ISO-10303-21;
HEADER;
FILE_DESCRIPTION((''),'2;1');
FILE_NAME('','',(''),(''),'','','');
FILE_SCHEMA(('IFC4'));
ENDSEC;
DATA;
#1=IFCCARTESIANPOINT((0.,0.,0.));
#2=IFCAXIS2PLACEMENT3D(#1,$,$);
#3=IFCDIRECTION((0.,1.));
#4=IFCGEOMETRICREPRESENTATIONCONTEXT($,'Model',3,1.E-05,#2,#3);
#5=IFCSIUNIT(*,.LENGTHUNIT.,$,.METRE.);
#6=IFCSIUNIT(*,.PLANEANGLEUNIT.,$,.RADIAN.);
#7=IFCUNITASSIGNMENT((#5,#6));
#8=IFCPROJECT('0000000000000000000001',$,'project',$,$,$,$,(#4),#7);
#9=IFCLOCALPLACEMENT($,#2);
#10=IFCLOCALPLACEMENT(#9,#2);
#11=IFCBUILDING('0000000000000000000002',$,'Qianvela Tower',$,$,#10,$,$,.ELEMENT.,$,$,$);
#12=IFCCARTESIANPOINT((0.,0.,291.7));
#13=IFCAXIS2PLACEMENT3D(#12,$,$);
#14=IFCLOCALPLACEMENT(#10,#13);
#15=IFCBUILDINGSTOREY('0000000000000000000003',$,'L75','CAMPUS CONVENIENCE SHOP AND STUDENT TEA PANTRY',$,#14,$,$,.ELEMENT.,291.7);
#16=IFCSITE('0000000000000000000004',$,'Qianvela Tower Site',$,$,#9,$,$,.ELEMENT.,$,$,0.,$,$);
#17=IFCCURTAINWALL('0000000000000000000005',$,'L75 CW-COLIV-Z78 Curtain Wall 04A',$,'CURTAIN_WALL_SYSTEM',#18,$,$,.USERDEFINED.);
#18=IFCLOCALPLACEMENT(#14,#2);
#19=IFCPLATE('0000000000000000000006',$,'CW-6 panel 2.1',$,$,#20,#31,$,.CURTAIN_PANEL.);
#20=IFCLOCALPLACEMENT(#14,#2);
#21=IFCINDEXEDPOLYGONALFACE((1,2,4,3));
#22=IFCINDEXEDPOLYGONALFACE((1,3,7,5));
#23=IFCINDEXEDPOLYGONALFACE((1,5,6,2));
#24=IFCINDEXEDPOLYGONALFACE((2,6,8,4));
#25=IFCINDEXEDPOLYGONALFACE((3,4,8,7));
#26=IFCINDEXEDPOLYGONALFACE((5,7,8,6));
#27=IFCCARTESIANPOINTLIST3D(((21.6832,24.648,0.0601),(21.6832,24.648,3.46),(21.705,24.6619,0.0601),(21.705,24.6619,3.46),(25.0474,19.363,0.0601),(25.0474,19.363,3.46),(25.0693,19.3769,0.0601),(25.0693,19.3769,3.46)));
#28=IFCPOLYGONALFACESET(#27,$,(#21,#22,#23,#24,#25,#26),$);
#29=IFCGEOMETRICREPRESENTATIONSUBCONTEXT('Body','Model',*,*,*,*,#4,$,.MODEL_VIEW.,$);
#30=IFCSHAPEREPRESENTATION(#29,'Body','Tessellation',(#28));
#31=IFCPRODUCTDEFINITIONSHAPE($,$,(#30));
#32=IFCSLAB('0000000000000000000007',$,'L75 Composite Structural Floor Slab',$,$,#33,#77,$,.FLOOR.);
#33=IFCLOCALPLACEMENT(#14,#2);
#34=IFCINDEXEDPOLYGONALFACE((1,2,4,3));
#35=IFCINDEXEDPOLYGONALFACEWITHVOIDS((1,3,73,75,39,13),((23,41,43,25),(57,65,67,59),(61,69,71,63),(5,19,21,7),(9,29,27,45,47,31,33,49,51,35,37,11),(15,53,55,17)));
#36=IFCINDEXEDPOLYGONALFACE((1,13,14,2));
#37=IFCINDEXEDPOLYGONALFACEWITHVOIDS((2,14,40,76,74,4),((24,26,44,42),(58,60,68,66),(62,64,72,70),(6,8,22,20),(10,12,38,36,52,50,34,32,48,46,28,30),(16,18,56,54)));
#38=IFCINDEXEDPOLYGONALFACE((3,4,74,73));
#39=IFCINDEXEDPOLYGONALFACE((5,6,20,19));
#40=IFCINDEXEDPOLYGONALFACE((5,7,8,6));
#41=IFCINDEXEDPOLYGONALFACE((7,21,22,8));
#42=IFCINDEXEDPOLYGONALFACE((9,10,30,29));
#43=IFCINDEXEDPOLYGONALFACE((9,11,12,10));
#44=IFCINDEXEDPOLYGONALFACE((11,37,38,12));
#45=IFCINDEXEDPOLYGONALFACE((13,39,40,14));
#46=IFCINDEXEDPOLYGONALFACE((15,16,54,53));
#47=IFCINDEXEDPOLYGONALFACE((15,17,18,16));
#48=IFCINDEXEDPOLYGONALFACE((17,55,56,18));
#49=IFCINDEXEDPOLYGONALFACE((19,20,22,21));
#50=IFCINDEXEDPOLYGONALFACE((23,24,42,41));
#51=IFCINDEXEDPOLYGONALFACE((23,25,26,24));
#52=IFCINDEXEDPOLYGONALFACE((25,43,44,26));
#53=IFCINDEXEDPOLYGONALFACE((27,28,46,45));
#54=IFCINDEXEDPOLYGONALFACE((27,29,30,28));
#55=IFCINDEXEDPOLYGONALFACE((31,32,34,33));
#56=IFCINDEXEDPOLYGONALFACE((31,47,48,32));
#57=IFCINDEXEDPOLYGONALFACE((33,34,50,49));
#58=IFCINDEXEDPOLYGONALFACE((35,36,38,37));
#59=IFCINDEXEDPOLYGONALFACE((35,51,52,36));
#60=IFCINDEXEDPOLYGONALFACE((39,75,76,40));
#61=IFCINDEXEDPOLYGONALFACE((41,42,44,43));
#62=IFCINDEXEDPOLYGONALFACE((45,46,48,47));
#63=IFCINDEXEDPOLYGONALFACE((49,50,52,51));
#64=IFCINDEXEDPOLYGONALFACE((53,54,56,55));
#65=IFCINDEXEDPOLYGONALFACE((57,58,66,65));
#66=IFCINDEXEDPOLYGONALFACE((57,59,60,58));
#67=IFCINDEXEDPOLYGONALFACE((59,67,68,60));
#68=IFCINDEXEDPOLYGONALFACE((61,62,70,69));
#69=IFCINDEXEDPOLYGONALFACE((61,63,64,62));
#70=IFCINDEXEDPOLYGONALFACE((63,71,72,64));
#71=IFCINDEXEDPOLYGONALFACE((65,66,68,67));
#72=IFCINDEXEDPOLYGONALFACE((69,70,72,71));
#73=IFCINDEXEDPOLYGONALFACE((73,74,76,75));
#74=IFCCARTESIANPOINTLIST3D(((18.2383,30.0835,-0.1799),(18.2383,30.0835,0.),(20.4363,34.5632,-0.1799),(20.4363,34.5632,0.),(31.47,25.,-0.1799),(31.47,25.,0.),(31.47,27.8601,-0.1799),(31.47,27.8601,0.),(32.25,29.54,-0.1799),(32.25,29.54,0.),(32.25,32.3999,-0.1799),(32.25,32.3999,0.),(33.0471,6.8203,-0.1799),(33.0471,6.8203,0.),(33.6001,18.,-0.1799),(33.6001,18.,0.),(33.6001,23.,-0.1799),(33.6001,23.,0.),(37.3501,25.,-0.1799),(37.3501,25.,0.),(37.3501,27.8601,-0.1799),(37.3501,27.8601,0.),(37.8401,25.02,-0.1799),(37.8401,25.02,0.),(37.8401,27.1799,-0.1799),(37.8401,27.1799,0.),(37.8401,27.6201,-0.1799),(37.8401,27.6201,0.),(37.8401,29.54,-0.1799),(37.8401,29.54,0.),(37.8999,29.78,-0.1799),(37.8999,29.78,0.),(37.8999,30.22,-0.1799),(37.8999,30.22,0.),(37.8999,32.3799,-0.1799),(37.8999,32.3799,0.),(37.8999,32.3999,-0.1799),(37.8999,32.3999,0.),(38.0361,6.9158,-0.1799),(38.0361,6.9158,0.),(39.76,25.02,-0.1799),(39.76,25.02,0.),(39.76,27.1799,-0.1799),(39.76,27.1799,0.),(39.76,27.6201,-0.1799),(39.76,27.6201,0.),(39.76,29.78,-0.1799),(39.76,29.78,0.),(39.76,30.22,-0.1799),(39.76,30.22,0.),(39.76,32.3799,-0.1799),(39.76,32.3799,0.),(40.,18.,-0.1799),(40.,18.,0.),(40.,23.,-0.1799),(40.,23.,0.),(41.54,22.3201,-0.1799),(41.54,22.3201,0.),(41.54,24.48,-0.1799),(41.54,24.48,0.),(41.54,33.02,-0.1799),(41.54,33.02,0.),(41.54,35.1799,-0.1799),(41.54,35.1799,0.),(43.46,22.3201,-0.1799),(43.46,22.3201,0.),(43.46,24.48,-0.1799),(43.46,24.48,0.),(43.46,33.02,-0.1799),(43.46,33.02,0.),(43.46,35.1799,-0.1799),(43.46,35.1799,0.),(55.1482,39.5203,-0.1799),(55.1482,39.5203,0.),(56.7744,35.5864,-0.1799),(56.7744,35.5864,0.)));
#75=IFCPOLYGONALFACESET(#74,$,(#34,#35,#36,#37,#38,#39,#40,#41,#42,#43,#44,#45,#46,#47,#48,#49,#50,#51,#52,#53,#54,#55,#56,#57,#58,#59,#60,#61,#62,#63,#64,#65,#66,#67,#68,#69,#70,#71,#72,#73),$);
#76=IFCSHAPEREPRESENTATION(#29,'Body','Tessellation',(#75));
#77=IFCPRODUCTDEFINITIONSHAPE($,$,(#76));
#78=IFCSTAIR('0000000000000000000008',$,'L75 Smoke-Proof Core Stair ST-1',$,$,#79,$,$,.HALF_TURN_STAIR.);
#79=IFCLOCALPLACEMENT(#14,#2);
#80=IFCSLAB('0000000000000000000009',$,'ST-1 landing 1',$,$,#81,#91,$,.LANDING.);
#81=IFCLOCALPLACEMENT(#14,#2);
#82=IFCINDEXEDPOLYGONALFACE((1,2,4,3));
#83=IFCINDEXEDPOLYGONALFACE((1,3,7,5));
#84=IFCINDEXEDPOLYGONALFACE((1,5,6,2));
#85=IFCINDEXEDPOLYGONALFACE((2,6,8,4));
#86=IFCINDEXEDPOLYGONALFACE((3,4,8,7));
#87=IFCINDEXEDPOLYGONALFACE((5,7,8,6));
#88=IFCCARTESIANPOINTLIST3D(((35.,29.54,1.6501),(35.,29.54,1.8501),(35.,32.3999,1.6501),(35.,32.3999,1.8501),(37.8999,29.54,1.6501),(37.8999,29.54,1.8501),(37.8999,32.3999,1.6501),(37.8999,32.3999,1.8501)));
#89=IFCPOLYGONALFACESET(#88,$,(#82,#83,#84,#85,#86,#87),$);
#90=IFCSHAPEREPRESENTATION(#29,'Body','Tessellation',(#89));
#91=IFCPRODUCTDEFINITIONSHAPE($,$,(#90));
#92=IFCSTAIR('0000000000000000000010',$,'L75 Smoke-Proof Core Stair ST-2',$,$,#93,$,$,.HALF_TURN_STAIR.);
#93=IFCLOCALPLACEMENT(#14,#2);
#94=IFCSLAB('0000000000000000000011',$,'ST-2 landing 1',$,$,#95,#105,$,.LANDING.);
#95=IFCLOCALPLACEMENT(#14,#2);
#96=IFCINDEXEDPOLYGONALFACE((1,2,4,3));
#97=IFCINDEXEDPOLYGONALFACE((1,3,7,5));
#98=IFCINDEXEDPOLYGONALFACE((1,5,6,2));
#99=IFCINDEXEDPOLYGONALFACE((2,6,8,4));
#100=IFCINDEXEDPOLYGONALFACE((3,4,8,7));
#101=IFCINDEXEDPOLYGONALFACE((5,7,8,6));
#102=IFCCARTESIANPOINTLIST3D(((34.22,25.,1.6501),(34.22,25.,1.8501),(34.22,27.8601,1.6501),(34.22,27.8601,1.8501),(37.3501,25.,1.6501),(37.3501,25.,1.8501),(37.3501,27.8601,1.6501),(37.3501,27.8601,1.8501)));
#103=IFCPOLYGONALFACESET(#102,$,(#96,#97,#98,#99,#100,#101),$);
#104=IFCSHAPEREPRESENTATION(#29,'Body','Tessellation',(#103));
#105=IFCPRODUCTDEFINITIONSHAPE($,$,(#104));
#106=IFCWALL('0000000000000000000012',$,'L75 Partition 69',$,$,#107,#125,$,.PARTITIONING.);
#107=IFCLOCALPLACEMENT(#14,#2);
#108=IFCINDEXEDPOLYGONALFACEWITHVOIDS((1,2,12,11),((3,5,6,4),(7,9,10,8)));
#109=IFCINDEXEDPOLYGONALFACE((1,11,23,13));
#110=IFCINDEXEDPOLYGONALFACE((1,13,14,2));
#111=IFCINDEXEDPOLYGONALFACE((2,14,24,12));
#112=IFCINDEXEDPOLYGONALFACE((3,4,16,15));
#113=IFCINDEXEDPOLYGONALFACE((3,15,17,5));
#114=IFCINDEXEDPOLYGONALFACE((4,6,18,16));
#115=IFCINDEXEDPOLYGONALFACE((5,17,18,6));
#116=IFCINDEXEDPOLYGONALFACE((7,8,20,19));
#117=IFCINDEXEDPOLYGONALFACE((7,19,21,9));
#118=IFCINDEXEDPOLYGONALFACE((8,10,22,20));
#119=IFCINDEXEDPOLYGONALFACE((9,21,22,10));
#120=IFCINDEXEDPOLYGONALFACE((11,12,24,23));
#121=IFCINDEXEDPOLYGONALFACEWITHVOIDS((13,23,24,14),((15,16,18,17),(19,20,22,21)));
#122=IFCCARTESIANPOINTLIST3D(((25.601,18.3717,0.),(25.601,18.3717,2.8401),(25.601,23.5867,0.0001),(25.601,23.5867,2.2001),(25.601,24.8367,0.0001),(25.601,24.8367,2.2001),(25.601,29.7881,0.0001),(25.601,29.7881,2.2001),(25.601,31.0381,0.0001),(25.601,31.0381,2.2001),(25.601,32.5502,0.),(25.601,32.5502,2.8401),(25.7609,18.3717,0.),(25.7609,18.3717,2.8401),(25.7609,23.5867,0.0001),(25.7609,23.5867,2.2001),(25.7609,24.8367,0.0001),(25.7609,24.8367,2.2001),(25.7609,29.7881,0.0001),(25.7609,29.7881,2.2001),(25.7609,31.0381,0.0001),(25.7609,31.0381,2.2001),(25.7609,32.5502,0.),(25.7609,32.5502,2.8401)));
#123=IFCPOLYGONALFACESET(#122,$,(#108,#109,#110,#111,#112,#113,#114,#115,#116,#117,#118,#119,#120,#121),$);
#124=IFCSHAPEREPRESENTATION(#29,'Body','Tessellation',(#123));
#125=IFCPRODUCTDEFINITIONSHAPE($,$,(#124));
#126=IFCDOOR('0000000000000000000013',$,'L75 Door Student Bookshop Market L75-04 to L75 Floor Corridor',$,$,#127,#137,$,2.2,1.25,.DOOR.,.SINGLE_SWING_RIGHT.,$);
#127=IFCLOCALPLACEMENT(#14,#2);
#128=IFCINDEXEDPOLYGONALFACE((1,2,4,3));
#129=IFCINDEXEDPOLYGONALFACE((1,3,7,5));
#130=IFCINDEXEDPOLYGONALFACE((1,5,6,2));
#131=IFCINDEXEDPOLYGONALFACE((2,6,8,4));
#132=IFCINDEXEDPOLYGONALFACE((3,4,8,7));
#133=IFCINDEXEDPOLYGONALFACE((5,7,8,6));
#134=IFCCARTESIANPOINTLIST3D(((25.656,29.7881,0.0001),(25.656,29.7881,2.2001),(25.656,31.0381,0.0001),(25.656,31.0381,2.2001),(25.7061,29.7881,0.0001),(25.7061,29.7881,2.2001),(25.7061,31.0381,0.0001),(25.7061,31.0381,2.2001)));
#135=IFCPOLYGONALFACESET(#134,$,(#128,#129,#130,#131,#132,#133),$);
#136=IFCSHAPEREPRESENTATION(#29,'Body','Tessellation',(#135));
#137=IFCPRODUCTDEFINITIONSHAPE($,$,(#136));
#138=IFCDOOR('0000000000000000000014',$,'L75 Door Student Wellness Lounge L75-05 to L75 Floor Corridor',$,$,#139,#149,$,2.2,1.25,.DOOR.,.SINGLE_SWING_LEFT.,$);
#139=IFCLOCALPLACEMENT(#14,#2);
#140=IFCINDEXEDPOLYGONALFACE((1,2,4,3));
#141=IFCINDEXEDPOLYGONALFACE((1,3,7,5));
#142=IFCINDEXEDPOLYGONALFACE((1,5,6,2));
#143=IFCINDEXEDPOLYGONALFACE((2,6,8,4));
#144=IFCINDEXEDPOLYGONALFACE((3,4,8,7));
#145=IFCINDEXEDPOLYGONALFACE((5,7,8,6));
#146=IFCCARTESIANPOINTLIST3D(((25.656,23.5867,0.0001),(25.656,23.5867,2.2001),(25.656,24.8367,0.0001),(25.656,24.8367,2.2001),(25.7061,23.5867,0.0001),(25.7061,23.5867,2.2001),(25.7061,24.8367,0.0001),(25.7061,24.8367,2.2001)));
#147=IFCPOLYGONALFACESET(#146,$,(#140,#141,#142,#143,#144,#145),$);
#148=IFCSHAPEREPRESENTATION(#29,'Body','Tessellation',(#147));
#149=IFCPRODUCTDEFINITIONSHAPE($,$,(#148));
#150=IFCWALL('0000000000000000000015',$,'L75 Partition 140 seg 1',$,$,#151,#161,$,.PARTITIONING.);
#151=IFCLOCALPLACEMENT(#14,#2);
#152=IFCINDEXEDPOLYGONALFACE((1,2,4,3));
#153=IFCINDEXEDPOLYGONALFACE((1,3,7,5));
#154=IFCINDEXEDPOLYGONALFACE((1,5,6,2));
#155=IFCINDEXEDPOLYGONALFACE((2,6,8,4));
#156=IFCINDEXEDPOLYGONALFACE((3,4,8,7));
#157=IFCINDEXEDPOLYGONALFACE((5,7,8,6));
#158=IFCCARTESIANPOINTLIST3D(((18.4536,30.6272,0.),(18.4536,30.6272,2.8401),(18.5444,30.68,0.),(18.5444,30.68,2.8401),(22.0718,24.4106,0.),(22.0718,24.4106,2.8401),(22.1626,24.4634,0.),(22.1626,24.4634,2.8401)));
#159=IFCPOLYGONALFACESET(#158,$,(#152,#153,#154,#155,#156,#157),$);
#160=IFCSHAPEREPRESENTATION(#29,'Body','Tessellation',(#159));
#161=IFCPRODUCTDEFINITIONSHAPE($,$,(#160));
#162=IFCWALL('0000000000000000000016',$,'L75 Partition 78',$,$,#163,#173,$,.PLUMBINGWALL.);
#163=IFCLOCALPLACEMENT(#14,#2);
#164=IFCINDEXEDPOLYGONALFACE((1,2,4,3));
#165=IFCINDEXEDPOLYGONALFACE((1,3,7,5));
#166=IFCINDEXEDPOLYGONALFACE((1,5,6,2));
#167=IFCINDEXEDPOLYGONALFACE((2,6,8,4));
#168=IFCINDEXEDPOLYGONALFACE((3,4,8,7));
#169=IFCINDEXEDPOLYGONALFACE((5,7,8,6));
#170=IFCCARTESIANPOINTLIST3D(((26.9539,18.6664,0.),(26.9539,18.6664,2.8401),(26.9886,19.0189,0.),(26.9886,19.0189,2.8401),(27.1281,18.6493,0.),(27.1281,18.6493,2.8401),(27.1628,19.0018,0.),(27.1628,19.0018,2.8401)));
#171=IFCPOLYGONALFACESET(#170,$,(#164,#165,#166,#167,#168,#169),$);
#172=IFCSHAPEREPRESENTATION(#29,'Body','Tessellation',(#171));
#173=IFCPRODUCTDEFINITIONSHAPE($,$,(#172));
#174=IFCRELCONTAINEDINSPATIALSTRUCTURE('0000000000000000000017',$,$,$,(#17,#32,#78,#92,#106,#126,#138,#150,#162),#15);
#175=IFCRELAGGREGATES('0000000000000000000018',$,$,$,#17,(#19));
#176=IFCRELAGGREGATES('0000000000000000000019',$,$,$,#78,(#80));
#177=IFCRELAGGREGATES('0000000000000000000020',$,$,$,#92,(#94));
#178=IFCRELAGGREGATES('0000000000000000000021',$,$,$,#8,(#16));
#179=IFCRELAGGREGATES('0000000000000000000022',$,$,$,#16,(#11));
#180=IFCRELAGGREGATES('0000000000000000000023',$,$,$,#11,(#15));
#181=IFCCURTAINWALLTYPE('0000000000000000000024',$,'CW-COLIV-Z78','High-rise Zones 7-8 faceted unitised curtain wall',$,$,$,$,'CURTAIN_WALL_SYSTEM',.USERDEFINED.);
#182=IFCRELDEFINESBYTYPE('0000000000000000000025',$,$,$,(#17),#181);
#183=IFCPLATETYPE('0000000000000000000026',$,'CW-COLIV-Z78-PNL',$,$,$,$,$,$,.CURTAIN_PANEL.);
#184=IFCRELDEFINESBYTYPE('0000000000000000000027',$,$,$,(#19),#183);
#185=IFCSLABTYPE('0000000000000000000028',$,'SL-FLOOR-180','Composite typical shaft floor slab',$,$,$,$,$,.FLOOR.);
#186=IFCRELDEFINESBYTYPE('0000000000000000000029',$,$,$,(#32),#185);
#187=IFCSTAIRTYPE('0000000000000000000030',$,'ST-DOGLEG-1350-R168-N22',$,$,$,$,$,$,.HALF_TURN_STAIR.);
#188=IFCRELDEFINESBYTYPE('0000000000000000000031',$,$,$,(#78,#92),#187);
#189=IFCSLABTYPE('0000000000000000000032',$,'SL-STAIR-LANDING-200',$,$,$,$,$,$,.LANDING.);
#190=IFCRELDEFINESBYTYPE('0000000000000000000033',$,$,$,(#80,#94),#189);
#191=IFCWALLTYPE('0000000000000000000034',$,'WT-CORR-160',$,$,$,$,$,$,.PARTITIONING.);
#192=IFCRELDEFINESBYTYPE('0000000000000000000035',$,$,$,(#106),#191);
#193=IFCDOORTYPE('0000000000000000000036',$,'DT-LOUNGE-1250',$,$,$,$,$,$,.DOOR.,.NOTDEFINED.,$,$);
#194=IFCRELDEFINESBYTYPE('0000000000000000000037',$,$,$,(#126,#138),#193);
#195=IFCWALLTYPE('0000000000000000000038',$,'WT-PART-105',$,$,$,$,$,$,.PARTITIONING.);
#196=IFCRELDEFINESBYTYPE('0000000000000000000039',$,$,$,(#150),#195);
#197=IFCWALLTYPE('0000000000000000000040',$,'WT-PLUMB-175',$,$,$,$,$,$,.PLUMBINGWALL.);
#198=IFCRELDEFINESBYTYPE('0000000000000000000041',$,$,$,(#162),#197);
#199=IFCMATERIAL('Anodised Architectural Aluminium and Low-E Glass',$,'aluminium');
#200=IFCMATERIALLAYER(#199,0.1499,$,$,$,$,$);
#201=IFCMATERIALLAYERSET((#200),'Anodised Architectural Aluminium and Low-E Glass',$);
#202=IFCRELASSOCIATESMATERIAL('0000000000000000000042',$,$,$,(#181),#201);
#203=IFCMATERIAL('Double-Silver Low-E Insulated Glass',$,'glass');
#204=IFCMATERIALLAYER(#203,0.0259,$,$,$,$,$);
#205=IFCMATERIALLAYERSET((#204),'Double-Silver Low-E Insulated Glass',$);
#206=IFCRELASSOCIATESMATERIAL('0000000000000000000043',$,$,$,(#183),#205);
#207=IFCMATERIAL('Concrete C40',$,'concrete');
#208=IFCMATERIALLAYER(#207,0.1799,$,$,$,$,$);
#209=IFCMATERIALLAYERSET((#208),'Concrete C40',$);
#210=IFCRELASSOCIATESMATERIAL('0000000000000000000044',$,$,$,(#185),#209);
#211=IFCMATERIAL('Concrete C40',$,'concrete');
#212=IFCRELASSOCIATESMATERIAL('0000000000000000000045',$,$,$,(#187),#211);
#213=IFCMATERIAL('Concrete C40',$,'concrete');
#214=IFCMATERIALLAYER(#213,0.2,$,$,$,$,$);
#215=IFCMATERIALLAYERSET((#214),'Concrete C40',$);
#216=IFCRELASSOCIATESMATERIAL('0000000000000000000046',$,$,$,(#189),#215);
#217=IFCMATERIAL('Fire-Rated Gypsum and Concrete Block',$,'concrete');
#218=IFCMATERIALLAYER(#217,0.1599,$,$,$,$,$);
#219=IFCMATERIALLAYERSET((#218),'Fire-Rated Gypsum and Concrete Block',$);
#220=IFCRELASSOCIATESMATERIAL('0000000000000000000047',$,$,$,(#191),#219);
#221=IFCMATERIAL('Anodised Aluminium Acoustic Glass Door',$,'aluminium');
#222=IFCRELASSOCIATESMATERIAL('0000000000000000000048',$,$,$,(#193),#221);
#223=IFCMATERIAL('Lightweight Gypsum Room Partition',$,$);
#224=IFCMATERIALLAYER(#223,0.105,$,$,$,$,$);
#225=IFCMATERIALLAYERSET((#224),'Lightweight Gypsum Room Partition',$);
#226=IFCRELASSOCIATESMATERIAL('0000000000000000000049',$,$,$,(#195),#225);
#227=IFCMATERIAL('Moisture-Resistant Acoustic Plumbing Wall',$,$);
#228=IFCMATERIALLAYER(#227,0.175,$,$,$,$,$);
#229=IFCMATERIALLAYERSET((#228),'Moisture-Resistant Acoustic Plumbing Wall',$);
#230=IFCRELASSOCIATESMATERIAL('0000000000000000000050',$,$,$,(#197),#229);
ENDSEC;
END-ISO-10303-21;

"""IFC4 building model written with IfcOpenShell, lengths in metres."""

from ifc_helpers import new_model, si_unit, direction, frame, frame_2d, origin, origin_2d, place, context, subcontext, project, spatial, polyline, rectangle, outline, extrude, material, layer, layer_set, type_object, element, fill, aggregate, save


model = new_model("IFC4")

# Units and contexts
model_context = context("Model", 3, precision=1e-05, world=origin(), true_north=direction((0.0, 1.0)))
body_context = subcontext(model_context, "Body", "Model", "MODEL_VIEW")
ifc_project = project(units=[si_unit("LENGTHUNIT", "METRE"), si_unit("PLANEANGLEUNIT", "RADIAN")], contexts=[model_context])

# Site, building, storey
site_placement = place(None, origin())
site = spatial("IfcSite", under=ifc_project, at=site_placement, Name="Qianvela Tower Site", CompositionType="ELEMENT", RefElevation=0.0)
building_placement = place(site_placement, origin())
building = spatial("IfcBuilding", under=site, at=building_placement, Name="Qianvela Tower", CompositionType="ELEMENT")
storey_placement = place(building_placement, frame((0.0, 0.0, 291.7)))
storey = spatial("IfcBuildingStorey", under=building, at=storey_placement, Name="L75", Description="CAMPUS CONVENIENCE SHOP AND STUDENT TEA PANTRY", CompositionType="ELEMENT", Elevation=291.7)

# Curtain wall
ifc_material_1 = material(Name="Anodised Architectural Aluminium and Low-E Glass", Category="aluminium")
ifc_layer_1 = layer(ifc_material_1, 0.1499)
ifc_layer_set_1 = layer_set([ifc_layer_1], Name="Anodised Architectural Aluminium and Low-E Glass")
curtain_wall_type_1 = type_object("IfcCurtainWallType", Name="CW-COLIV-Z78", Description="High-rise Zones 7-8 faceted unitised curtain wall", ElementType="CURTAIN_WALL_SYSTEM", PredefinedType="USERDEFINED", material=ifc_layer_set_1)
curtain_wall_1_placement = place(storey_placement, origin())
curtain_wall_1 = element("IfcCurtainWall", 1, at=curtain_wall_1_placement, inside=storey, type_object=curtain_wall_type_1, Name="L75 CW-COLIV-Z78 Curtain Wall 04A", ObjectType="CURTAIN_WALL_SYSTEM", PredefinedType="USERDEFINED")

# Plate
ifc_material_2 = material(Name="Double-Silver Low-E Insulated Glass", Category="glass")
ifc_layer_2 = layer(ifc_material_2, 0.0259)
ifc_layer_set_2 = layer_set([ifc_layer_2], Name="Double-Silver Low-E Insulated Glass")
plate_type_1 = type_object("IfcPlateType", Name="CW-COLIV-Z78-PNL", PredefinedType="CURTAIN_PANEL", material=ifc_layer_set_2)
plate_1_placement = place(storey_placement, frame((23.3762, 22.0125, 0.0601), z_axis=(0.0, 0.0, 1.0), x_axis=(0.537003, -0.84358, 0.0)))
plate_1 = element("IfcPlate", 2, at=plate_1_placement, type_object=plate_type_1, Name="CW-6 panel 2.1", PredefinedType="CURTAIN_PANEL", context=body_context, shape_type="SweptSolid", body=[
    extrude(rectangle(XDim=6.2649, YDim=0.0259, at=origin_2d()), origin(), (0.0, 0.0, 1.0), 3.3999),
])
aggregate(curtain_wall_1, [plate_1])

# Slab
ifc_material_3 = material(Name="Concrete C40", Category="concrete")
ifc_layer_3 = layer(ifc_material_3, 0.1799)
ifc_layer_set_3 = layer_set([ifc_layer_3], Name="Concrete C40")
slab_type_1 = type_object("IfcSlabType", Name="SL-FLOOR-180", Description="Composite typical shaft floor slab", PredefinedType="FLOOR", material=ifc_layer_set_3)
slab_1_placement = place(storey_placement, frame((0.0, 0.0, -0.1799)))
element("IfcSlab", 3, at=slab_1_placement, inside=storey, type_object=slab_type_1, Name="L75 Composite Structural Floor Slab", PredefinedType="FLOOR", context=body_context, shape_type="SweptSolid", body=[
    extrude(outline(polyline([(56.7744, 35.5864), (55.1482, 39.5203), (20.4363, 34.5632), (18.2383, 30.0835), (33.0471, 6.8203), (38.0361, 6.9158), (56.7744, 35.5864)]), holes=[polyline([(40.0, 23.0), (33.6001, 23.0), (33.6001, 18.0), (40.0, 18.0), (40.0, 23.0)]), polyline([(43.46, 24.48), (41.54, 24.48), (41.54, 22.3201), (43.46, 22.3201), (43.46, 24.48)]), polyline([(39.76, 27.1799), (37.8401, 27.1799), (37.8401, 25.02), (39.76, 25.02), (39.76, 27.1799)]), polyline([(37.3501, 27.8601), (31.47, 27.8601), (31.47, 25.0), (37.3501, 25.0), (37.3501, 27.8601)]), polyline([(39.76, 27.6201), (39.76, 29.78), (37.8999, 29.78), (37.8999, 30.22), (39.76, 30.22), (39.76, 32.3799), (37.8999, 32.3799), (37.8999, 32.3999), (32.25, 32.3999), (32.25, 29.54), (37.8401, 29.54), (37.8401, 27.6201), (39.76, 27.6201)]), polyline([(43.46, 35.1799), (41.54, 35.1799), (41.54, 33.02), (43.46, 33.02), (43.46, 35.1799)])]), origin(), (0.0, 0.0, 1.0), 0.1799),
])

# Stairs, slabs
ifc_material_4 = material(Name="Concrete C40", Category="concrete")
stair_type = type_object("IfcStairType", Name="ST-DOGLEG-1350-R168-N22", PredefinedType="HALF_TURN_STAIR", material=ifc_material_4)
stair_1_placement = place(storey_placement, origin())
stair_1 = element("IfcStair", 4, at=stair_1_placement, inside=storey, type_object=stair_type, Name="L75 Smoke-Proof Core Stair ST-1", PredefinedType="HALF_TURN_STAIR")
ifc_material_5 = material(Name="Concrete C40", Category="concrete")
ifc_layer_4 = layer(ifc_material_5, 0.2)
ifc_layer_set_4 = layer_set([ifc_layer_4], Name="Concrete C40")
slab_type_2 = type_object("IfcSlabType", Name="SL-STAIR-LANDING-200", PredefinedType="LANDING", material=ifc_layer_set_4)
slab_2_placement = place(storey_placement, frame((0.0, 0.0, 1.6501)))
slab_2 = element("IfcSlab", 5, at=slab_2_placement, type_object=slab_type_2, Name="ST-1 landing 1", PredefinedType="LANDING", context=body_context, shape_type="SweptSolid", body=[
    extrude(outline(polyline([(35.0, 29.54), (37.8999, 29.54), (37.8999, 32.3999), (35.0, 32.3999), (35.0, 29.54)])), origin(), (0.0, 0.0, 1.0), 0.2),
])
aggregate(stair_1, [slab_2])
stair_2_placement = place(storey_placement, origin())
stair_2 = element("IfcStair", 6, at=stair_2_placement, inside=storey, type_object=stair_type, Name="L75 Smoke-Proof Core Stair ST-2", PredefinedType="HALF_TURN_STAIR")
slab_3_placement = place(storey_placement, frame((0.0, 0.0, 1.6501)))
slab_3 = element("IfcSlab", 7, at=slab_3_placement, type_object=slab_type_2, Name="ST-2 landing 1", PredefinedType="LANDING", context=body_context, shape_type="SweptSolid", body=[
    extrude(outline(polyline([(34.22, 25.0), (37.3501, 25.0), (37.3501, 27.8601), (34.22, 27.8601), (34.22, 25.0)])), origin(), (0.0, 0.0, 1.0), 0.2),
])
aggregate(stair_2, [slab_3])

# Wall, openings, doors
ifc_material_6 = material(Name="Fire-Rated Gypsum and Concrete Block", Category="concrete")
ifc_layer_5 = layer(ifc_material_6, 0.1599)
ifc_layer_set_5 = layer_set([ifc_layer_5], Name="Fire-Rated Gypsum and Concrete Block")
wall_type_1 = type_object("IfcWallType", Name="WT-CORR-160", PredefinedType="PARTITIONING", material=ifc_layer_set_5)
wall_1_placement = place(storey_placement, frame((25.6809, 18.3716, 0.0), z_axis=(0.0, 0.0, 1.0), x_axis=(0.0, 1.0, 0.0)))
wall_1 = element("IfcWall", 8, at=wall_1_placement, inside=storey, type_object=wall_type_1, Name="L75 Partition 69", PredefinedType="PARTITIONING", context=body_context, shape_type="SweptSolid", body=[
    extrude(rectangle(XDim=14.1785, YDim=0.1599, at=frame_2d((7.0894, 0.0))), origin(), (0.0, 0.0, 1.0), 2.8401),
])
opening_1_placement = place(wall_1_placement, frame((11.4165, 0.0, 0.0)))
opening_1 = element("IfcOpeningElement", 9, at=opening_1_placement, cuts=wall_1, PredefinedType="OPENING", context=body_context, shape_type="SweptSolid", body=[
    extrude(rectangle(XDim=1.25, YDim=2.2, at=frame_2d((0.625, 1.1001))), frame((0.0, 0.0898, 0.0), z_axis=(0.0, -1.0, 0.0), x_axis=(1.0, 0.0, 0.0)), (0.0, 0.0, 1.0), 0.1799),
])
opening_2_placement = place(wall_1_placement, frame((5.2151, 0.0, 0.0)))
opening_2 = element("IfcOpeningElement", 10, at=opening_2_placement, cuts=wall_1, PredefinedType="OPENING", context=body_context, shape_type="SweptSolid", body=[
    extrude(rectangle(XDim=1.25, YDim=2.2, at=frame_2d((0.625, 1.1001))), frame((0.0, 0.0898, 0.0), z_axis=(0.0, -1.0, 0.0), x_axis=(1.0, 0.0, 0.0)), (0.0, 0.0, 1.0), 0.1799),
])
ifc_material_7 = material(Name="Anodised Aluminium Acoustic Glass Door", Category="aluminium")
door_type = type_object("IfcDoorType", Name="DT-LOUNGE-1250", OperationType="NOTDEFINED", PredefinedType="DOOR", material=ifc_material_7)
door_1_placement = place(opening_1_placement, origin())
door_1 = element("IfcDoor", 11, at=door_1_placement, inside=storey, type_object=door_type, Name="L75 Door Student Bookshop Market L75-04 to L75 Floor Corridor", OperationType="SINGLE_SWING_RIGHT", OverallHeight=2.2, OverallWidth=1.25, PredefinedType="DOOR", context=body_context, shape_type="SweptSolid", body=[
    extrude(rectangle(XDim=1.25, YDim=2.2, at=frame_2d((0.625, 1.1001))), frame((0.0, 0.0249, 0.0), z_axis=(0.0, -1.0, 0.0), x_axis=(1.0, 0.0, 0.0)), (0.0, 0.0, 1.0), 0.05),
])
fill(opening_1, door_1)
door_2_placement = place(opening_2_placement, origin())
door_2 = element("IfcDoor", 12, at=door_2_placement, inside=storey, type_object=door_type, Name="L75 Door Student Wellness Lounge L75-05 to L75 Floor Corridor", OperationType="SINGLE_SWING_LEFT", OverallHeight=2.2, OverallWidth=1.25, PredefinedType="DOOR", context=body_context, shape_type="SweptSolid", body=[
    extrude(rectangle(XDim=1.25, YDim=2.2, at=frame_2d((0.625, 1.1001))), frame((0.0, 0.0249, 0.0), z_axis=(0.0, -1.0, 0.0), x_axis=(1.0, 0.0, 0.0)), (0.0, 0.0, 1.0), 0.05),
])
fill(opening_2, door_2)

# Walls
ifc_material_8 = material(Name="Lightweight Gypsum Room Partition")
ifc_layer_6 = layer(ifc_material_8, 0.105)
ifc_layer_set_6 = layer_set([ifc_layer_6], Name="Lightweight Gypsum Room Partition")
wall_type_2 = type_object("IfcWallType", Name="WT-PART-105", PredefinedType="PARTITIONING", material=ifc_layer_set_6)
wall_2_placement = place(storey_placement, frame((22.1172, 24.437, 0.0), z_axis=(0.0, 0.0, 1.0), x_axis=(-0.503025, 0.864272, 0.0)))
element("IfcWall", 13, at=wall_2_placement, inside=storey, type_object=wall_type_2, Name="L75 Partition 140 seg 1", PredefinedType="PARTITIONING", context=body_context, shape_type="SweptSolid", body=[
    extrude(rectangle(XDim=7.1929, YDim=0.105, at=frame_2d((3.5964, 0.0))), origin(), (0.0, 0.0, 1.0), 2.8401),
])
ifc_material_9 = material(Name="Moisture-Resistant Acoustic Plumbing Wall")
ifc_layer_7 = layer(ifc_material_9, 0.175)
ifc_layer_set_7 = layer_set([ifc_layer_7], Name="Moisture-Resistant Acoustic Plumbing Wall")
wall_type_3 = type_object("IfcWallType", Name="WT-PLUMB-175", PredefinedType="PLUMBINGWALL", material=ifc_layer_set_7)
wall_3_placement = place(storey_placement, frame((27.0757, 19.0105, 0.0), z_axis=(0.0, 0.0, 1.0), x_axis=(-0.097866, -0.9952, 0.0)))
element("IfcWall", 14, at=wall_3_placement, inside=storey, type_object=wall_type_3, Name="L75 Partition 78", PredefinedType="PLUMBINGWALL", context=body_context, shape_type="SweptSolid", body=[
    extrude(rectangle(XDim=0.3542, YDim=0.175, at=frame_2d((0.1772, 0.0))), origin(), (0.0, 0.0, 1.0), 2.8401),
])

save(model, "model.ifc")
